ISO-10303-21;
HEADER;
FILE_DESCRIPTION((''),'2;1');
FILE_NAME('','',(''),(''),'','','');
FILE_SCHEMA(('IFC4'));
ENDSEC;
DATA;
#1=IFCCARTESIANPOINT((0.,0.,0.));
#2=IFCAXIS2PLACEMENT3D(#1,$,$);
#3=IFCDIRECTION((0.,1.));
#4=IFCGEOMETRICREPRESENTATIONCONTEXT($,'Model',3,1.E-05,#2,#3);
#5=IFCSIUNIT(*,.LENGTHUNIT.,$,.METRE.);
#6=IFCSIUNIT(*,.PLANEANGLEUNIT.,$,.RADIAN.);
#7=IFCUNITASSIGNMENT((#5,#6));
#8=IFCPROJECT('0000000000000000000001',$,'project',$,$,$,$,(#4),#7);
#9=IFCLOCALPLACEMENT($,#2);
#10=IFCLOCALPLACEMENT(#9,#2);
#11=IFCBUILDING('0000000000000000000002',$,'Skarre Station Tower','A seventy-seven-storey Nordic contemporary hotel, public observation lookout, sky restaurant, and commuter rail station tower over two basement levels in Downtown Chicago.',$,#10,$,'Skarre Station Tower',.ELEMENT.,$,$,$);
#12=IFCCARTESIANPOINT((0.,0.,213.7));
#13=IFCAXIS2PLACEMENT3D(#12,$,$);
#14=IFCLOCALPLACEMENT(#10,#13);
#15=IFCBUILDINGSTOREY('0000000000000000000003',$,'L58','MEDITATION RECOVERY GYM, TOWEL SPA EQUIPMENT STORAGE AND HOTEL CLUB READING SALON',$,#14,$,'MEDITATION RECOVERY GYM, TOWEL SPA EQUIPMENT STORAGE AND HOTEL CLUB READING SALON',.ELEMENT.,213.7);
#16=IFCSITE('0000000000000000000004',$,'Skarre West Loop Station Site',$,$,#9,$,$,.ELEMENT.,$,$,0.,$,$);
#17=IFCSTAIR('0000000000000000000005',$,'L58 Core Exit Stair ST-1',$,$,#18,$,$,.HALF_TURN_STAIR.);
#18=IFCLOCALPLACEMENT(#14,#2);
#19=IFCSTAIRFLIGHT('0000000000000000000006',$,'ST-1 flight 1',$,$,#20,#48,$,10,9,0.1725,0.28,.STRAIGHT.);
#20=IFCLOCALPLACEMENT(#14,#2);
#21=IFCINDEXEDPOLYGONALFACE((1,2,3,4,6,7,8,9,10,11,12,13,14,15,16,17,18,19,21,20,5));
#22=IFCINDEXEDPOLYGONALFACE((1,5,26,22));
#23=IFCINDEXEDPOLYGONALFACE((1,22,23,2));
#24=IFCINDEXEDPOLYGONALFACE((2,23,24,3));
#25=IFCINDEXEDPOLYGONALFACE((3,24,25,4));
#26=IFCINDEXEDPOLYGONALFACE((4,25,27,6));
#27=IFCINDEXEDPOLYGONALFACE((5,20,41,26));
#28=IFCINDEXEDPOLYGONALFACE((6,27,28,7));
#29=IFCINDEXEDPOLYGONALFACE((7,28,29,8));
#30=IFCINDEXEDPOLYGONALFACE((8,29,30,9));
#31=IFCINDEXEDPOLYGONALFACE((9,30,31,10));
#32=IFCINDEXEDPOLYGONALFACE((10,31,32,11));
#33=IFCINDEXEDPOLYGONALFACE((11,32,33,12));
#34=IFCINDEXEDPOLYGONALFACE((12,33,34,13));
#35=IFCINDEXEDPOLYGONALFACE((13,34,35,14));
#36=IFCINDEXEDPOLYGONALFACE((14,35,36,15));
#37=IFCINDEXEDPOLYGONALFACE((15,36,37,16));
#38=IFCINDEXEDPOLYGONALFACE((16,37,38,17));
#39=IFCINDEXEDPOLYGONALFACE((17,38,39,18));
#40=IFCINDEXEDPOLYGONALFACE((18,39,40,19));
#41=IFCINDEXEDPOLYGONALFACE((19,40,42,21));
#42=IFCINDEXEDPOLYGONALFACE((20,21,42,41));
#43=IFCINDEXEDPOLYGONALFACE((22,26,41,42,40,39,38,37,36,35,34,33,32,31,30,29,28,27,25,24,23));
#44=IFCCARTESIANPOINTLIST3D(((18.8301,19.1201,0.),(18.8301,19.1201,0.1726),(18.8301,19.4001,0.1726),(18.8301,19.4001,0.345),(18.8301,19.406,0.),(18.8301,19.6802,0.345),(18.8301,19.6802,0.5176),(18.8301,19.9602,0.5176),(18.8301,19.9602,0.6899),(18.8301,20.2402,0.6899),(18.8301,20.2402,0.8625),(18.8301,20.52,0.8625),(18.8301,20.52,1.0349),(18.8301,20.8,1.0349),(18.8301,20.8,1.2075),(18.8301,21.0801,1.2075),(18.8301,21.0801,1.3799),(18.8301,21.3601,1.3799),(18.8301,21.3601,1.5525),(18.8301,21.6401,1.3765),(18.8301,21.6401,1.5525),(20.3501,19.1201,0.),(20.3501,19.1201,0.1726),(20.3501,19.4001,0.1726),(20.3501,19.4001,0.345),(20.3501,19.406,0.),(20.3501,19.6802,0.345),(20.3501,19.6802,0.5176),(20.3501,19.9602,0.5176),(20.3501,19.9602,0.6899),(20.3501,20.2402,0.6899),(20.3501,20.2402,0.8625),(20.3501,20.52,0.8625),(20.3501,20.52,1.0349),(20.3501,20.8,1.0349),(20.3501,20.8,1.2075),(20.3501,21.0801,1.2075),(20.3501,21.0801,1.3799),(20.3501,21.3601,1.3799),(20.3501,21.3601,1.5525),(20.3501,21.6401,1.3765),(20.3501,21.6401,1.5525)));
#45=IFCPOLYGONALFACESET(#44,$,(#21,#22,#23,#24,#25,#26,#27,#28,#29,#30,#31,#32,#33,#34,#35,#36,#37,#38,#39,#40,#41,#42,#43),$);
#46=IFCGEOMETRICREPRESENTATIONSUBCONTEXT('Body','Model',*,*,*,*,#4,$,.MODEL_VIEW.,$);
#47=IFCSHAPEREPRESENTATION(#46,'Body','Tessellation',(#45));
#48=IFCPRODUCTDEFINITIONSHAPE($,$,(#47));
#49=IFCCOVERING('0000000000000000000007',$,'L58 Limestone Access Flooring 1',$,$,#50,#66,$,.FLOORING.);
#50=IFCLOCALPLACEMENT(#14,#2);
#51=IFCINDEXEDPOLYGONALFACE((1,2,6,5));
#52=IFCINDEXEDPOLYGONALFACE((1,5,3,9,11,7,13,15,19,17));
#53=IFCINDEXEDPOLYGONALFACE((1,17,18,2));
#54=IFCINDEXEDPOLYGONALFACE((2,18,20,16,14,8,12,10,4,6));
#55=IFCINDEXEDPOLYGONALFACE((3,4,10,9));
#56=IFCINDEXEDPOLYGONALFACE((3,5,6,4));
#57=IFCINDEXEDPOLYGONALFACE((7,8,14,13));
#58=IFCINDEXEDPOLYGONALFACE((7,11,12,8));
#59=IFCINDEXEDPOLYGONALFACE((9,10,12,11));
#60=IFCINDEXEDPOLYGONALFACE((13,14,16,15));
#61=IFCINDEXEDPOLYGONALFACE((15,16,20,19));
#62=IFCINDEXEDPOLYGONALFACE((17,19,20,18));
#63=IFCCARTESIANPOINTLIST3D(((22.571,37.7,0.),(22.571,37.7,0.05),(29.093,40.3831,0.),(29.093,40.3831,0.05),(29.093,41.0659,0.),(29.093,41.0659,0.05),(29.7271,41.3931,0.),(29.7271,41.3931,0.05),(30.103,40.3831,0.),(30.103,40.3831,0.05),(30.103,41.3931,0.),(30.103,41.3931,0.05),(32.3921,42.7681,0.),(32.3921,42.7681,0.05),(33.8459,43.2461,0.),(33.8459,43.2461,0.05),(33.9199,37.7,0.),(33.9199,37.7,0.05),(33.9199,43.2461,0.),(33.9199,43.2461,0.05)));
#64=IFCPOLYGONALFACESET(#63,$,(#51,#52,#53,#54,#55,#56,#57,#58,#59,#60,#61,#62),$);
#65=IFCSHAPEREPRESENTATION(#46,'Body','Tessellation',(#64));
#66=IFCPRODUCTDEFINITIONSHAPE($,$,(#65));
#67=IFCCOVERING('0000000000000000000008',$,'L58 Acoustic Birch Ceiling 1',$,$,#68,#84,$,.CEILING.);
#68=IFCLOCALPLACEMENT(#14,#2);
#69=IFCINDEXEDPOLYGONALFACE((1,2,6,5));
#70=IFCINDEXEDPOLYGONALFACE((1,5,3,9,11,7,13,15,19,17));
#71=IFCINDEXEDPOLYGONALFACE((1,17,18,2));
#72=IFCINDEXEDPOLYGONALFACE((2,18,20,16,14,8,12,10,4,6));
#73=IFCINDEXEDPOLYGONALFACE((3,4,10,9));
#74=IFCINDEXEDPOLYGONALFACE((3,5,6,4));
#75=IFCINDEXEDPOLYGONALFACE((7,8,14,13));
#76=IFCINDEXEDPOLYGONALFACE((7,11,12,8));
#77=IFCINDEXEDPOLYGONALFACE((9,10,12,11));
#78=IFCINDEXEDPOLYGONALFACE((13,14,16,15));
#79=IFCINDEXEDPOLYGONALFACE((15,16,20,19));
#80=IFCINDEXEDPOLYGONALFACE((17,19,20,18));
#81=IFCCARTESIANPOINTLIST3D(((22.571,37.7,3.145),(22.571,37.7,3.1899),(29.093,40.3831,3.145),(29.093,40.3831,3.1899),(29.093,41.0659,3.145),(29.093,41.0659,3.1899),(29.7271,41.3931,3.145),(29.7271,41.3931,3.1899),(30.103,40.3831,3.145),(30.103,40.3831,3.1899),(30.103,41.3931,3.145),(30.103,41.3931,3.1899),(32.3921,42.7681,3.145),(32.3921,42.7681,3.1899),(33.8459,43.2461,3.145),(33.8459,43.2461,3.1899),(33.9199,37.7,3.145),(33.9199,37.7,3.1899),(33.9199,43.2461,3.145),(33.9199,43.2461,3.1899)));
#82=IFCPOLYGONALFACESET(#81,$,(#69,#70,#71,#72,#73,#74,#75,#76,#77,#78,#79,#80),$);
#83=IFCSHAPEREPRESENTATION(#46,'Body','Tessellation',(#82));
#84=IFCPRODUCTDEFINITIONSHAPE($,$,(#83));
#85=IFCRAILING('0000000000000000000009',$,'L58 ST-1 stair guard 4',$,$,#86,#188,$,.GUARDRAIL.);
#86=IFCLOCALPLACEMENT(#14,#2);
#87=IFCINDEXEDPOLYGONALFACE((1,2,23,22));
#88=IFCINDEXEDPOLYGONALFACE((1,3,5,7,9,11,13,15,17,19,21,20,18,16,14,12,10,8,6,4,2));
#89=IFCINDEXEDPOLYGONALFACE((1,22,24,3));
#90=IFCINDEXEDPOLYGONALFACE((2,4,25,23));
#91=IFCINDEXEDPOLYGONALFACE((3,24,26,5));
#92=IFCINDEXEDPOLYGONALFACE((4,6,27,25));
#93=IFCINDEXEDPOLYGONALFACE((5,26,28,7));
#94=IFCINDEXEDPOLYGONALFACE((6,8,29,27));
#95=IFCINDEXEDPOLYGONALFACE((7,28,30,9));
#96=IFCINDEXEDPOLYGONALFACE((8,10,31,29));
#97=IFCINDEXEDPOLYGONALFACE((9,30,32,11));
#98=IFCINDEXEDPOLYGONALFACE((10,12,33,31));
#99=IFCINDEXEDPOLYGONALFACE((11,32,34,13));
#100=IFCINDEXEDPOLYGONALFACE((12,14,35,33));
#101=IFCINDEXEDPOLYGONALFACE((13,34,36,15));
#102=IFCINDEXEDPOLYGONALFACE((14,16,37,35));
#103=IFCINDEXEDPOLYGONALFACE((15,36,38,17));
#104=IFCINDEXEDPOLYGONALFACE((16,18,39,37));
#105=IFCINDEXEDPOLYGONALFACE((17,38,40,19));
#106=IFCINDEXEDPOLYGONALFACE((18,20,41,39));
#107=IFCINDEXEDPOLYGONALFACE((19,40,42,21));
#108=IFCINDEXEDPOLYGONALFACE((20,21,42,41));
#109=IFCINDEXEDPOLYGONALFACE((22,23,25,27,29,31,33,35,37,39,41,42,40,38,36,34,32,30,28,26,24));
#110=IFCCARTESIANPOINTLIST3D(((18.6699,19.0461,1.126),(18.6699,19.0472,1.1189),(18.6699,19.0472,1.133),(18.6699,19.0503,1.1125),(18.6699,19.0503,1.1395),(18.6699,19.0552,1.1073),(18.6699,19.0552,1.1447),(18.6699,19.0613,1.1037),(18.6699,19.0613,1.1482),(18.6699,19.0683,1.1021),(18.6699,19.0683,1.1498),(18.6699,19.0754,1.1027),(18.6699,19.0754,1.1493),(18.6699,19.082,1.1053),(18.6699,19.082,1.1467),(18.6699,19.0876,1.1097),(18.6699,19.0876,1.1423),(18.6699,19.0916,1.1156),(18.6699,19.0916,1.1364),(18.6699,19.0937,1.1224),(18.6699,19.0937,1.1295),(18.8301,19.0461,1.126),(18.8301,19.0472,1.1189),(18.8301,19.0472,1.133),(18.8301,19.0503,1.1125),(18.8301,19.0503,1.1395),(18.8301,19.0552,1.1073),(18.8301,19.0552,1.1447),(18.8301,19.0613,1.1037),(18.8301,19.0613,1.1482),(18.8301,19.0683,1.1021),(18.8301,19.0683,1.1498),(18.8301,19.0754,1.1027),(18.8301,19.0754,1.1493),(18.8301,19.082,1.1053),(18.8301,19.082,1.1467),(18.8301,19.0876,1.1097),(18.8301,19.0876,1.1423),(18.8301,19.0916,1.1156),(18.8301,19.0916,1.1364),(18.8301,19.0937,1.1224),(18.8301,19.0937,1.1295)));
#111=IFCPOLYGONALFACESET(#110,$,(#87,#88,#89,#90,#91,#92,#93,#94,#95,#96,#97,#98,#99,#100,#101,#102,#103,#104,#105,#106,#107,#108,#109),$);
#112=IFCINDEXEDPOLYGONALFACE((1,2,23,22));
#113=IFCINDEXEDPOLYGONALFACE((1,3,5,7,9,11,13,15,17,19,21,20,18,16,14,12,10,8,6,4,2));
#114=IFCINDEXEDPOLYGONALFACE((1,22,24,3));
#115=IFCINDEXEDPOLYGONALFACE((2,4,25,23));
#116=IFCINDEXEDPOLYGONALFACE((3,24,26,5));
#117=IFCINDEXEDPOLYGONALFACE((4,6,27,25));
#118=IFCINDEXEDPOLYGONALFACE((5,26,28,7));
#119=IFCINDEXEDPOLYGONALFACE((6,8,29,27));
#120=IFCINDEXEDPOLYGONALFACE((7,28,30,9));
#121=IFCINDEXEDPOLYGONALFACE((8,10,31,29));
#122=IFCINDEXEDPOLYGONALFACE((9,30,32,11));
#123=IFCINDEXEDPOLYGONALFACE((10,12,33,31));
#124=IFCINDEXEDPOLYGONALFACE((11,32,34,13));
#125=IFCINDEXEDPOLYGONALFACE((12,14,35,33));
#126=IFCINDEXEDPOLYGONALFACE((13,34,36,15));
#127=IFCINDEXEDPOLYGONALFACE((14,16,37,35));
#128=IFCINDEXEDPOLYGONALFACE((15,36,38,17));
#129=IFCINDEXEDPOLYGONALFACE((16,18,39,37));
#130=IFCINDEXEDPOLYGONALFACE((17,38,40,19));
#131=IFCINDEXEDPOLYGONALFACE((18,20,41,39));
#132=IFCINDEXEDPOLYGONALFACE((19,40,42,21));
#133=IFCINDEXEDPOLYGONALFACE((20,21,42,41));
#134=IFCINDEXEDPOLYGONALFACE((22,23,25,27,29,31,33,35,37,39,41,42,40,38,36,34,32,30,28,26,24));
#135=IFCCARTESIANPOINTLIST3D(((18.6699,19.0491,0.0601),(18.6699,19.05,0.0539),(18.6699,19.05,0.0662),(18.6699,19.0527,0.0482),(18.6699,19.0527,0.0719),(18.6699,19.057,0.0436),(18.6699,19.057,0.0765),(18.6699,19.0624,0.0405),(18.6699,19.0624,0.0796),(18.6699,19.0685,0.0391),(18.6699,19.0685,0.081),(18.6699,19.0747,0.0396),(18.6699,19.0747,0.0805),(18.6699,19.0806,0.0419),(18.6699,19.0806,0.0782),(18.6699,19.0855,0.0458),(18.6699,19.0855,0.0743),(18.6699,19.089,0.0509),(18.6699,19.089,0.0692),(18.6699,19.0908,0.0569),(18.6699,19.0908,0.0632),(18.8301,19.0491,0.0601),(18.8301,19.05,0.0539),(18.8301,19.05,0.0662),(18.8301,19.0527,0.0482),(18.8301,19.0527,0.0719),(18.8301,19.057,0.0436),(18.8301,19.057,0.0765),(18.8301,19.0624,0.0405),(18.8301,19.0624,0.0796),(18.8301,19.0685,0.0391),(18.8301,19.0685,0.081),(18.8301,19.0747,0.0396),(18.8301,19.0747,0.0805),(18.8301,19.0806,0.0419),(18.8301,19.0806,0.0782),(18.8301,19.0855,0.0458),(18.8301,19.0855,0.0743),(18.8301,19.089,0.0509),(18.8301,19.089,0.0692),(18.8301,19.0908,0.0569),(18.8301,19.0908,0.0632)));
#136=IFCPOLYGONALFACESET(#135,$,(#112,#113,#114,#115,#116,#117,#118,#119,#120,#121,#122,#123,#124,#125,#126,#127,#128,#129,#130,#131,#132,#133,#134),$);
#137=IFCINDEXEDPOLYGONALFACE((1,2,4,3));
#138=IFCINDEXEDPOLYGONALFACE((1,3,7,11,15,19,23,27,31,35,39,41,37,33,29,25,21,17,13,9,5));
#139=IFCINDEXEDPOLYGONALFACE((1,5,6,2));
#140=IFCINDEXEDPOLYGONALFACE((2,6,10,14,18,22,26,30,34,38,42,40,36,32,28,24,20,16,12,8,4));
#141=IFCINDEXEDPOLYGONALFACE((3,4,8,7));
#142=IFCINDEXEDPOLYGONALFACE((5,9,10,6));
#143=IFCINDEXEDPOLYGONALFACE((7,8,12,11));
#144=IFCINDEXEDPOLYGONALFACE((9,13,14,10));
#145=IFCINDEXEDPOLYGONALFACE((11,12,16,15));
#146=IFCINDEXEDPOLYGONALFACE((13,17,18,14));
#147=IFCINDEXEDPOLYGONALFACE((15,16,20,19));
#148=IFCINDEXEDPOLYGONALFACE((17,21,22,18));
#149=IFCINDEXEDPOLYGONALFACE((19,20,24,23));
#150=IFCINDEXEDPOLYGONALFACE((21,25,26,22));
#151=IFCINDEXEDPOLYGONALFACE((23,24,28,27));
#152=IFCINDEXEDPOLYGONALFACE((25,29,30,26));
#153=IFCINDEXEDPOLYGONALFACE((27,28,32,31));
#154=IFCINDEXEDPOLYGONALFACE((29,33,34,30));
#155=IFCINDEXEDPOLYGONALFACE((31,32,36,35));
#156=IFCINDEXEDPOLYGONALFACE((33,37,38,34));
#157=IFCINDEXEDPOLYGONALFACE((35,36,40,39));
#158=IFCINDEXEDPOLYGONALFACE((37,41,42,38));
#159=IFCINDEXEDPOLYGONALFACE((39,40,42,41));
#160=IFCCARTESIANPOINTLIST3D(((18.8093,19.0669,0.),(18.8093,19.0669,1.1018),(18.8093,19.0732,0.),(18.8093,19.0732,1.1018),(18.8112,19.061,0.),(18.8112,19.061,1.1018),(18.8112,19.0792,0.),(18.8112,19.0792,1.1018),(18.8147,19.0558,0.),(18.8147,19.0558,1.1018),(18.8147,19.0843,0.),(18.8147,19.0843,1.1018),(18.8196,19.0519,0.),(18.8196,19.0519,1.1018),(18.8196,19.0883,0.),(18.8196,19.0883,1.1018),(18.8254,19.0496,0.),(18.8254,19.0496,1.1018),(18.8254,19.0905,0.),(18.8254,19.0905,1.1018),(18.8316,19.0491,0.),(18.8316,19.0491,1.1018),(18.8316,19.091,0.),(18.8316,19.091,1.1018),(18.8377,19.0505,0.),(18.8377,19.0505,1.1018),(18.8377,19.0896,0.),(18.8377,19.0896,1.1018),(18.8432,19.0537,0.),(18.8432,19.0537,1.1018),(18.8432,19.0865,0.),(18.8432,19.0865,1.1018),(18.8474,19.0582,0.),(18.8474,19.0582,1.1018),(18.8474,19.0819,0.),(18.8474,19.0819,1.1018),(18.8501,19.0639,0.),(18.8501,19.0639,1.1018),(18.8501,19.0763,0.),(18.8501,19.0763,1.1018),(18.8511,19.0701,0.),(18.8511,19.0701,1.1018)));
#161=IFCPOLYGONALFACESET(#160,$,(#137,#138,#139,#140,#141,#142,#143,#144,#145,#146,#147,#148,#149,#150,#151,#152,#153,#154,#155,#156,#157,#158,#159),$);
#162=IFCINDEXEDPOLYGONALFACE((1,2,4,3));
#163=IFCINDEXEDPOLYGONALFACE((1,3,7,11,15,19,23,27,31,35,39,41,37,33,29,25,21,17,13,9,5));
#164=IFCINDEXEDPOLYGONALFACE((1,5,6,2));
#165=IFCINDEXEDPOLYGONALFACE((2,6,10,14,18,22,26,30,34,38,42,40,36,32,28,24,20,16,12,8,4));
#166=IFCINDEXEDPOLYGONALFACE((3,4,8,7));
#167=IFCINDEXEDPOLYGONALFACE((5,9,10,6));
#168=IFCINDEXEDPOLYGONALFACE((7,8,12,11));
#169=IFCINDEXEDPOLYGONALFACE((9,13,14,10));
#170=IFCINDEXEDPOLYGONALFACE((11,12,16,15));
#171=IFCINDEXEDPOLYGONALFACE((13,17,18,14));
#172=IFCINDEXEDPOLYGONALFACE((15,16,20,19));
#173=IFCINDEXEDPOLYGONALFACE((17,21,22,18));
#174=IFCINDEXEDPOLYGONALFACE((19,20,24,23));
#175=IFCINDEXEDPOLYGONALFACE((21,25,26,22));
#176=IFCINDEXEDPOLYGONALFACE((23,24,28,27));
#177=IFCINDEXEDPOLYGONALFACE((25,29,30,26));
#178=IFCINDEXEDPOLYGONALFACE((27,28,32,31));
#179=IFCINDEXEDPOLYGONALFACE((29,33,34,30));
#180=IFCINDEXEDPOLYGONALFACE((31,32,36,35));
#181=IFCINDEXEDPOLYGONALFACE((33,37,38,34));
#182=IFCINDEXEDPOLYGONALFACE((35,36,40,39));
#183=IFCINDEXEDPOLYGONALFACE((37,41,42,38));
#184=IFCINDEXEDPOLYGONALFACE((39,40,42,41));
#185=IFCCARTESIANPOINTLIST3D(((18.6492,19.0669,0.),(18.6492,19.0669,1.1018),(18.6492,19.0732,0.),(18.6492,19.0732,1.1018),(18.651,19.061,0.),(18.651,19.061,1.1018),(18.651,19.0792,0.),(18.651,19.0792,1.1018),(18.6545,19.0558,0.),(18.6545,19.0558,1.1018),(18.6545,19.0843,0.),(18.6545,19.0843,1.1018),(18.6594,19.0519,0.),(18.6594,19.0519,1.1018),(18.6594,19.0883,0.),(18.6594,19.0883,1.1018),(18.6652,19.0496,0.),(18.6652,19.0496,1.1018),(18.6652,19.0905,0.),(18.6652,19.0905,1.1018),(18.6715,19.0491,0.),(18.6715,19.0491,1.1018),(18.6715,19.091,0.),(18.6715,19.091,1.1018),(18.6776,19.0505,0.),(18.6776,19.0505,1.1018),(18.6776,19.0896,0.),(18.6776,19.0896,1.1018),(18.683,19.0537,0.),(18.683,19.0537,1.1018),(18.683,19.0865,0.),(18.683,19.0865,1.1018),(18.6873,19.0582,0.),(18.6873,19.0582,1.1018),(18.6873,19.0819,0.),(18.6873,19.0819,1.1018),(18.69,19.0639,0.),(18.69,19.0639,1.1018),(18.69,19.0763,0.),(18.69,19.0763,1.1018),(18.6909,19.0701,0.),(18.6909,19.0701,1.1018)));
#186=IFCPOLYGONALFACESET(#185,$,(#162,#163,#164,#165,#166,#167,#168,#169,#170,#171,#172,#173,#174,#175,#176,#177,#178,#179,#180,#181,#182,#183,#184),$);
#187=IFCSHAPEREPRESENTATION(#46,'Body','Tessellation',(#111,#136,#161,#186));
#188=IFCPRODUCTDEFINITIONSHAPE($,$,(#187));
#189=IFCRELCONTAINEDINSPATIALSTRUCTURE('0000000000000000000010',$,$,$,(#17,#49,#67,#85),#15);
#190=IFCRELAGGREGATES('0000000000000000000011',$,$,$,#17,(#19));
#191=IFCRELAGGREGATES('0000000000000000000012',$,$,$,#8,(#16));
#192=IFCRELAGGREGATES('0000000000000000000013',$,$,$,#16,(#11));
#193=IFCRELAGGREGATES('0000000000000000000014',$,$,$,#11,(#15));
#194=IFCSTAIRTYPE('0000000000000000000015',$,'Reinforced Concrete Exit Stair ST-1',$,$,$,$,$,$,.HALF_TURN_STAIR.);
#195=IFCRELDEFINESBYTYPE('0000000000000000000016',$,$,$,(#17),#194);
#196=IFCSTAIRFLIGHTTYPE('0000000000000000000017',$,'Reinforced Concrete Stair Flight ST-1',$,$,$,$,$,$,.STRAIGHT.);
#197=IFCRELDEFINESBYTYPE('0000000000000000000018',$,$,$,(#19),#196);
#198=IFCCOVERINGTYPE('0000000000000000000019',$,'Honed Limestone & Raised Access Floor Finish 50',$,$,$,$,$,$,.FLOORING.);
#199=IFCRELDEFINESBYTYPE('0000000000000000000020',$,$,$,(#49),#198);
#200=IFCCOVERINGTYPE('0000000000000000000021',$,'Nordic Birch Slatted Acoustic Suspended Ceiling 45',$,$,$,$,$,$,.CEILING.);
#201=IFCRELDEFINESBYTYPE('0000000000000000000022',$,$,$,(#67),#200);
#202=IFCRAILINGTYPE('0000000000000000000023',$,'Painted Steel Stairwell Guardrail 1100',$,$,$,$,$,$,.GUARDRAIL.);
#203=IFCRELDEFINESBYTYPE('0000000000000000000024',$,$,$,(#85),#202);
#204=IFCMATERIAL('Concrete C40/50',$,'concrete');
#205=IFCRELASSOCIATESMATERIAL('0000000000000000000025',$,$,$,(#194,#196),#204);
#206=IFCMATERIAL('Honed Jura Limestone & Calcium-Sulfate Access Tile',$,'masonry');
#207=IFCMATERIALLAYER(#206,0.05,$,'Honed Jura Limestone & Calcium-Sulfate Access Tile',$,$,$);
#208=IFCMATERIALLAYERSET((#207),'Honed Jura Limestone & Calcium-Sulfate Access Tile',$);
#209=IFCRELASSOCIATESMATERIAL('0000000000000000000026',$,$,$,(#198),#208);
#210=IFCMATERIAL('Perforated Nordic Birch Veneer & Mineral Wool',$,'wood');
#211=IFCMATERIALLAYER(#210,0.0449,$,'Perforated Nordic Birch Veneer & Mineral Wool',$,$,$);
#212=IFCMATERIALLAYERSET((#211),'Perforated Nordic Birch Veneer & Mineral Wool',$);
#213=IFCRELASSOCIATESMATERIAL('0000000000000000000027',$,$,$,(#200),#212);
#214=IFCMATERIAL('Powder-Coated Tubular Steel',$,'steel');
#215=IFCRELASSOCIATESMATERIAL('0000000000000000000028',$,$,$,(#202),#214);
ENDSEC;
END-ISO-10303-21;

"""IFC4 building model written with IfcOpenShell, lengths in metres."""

from ifc_helpers import new_model, si_unit, direction, frame, origin, origin_2d, place, context, subcontext, project, spatial, polyline, circle, outline, extrude, material, layer, layer_set, type_object, element, aggregate, save


model = new_model("IFC4")

# Units and contexts
model_context = context("Model", 3, precision=1e-05, world=origin(), true_north=direction((0.0, 1.0)))
body_context = subcontext(model_context, "Body", "Model", "MODEL_VIEW")
ifc_project = project(units=[si_unit("LENGTHUNIT", "METRE"), si_unit("PLANEANGLEUNIT", "RADIAN")], contexts=[model_context])

# Site, building, storey
site_placement = place(None, origin())
site = spatial("IfcSite", under=ifc_project, at=site_placement, Name="Skarre West Loop Station Site", CompositionType="ELEMENT", RefElevation=0.0)
building_placement = place(site_placement, origin())
building = spatial("IfcBuilding", under=site, at=building_placement, Name="Skarre Station Tower", Description="A seventy-seven-storey Nordic contemporary hotel, public observation lookout, sky restaurant, and commuter rail station tower over two basement levels in Downtown Chicago.", LongName="Skarre Station Tower", CompositionType="ELEMENT")
storey_placement = place(building_placement, frame((0.0, 0.0, 213.7)))
storey = spatial("IfcBuildingStorey", under=building, at=storey_placement, Name="L58", Description="MEDITATION RECOVERY GYM, TOWEL SPA EQUIPMENT STORAGE AND HOTEL CLUB READING SALON", LongName="MEDITATION RECOVERY GYM, TOWEL SPA EQUIPMENT STORAGE AND HOTEL CLUB READING SALON", CompositionType="ELEMENT", Elevation=213.7)

# Stair
ifc_material_1 = material(Name="Concrete C40/50", Category="concrete")
stair_type_1 = type_object("IfcStairType", Name="Reinforced Concrete Exit Stair ST-1", PredefinedType="HALF_TURN_STAIR", material=ifc_material_1)
stair_1_placement = place(storey_placement, origin())
stair_1 = element("IfcStair", 1, at=stair_1_placement, inside=storey, type_object=stair_type_1, Name="L58 Core Exit Stair ST-1", PredefinedType="HALF_TURN_STAIR")

# Stair flight
stair_flight_type = type_object("IfcStairFlightType", Name="Reinforced Concrete Stair Flight ST-1", PredefinedType="STRAIGHT", material=ifc_material_1)
stair_flight_placement = place(storey_placement, frame((19.5901, 19.1201, 0.0), z_axis=(0.0, 0.0, 1.0), x_axis=(0.0, 1.0, 0.0)))
stair_flight = element("IfcStairFlight", 2, at=stair_flight_placement, type_object=stair_flight_type, Name="ST-1 flight 1", NumberOfRisers=10, NumberOfTreads=9, PredefinedType="STRAIGHT", RiserHeight=0.1725, TreadLength=0.28, context=body_context, shape_type="SweptSolid", body=[
    extrude(outline(polyline([(0.0, 0.0), (0.0, 0.1726), (0.28, 0.1726), (0.28, 0.345), (0.5601, 0.345), (0.5601, 0.5176), (0.8401, 0.5176), (0.8401, 0.6899), (1.1201, 0.6899), (1.1201, 0.8625), (1.3999, 0.8625), (1.3999, 1.0349), (1.6799, 1.0349), (1.6799, 1.2075), (1.96, 1.2075), (1.96, 1.3799), (2.24, 1.3799), (2.24, 1.5525), (2.52, 1.5525), (2.52, 1.7251), (2.52, 1.3765), (0.2859, 0.0), (0.0, 0.0)])), frame((0.0, 0.76, 0.0), z_axis=(0.0, -1.0, 0.0), x_axis=(1.0, 0.0, 0.0)), (0.0, 0.0, 1.0), 1.52),
])
aggregate(stair_1, [stair_flight])

# Coverings
ifc_material_2 = material(Name="Honed Jura Limestone & Calcium-Sulfate Access Tile", Category="masonry")
ifc_layer_1 = layer(ifc_material_2, 0.05, Name="Honed Jura Limestone & Calcium-Sulfate Access Tile")
ifc_layer_set_1 = layer_set([ifc_layer_1], Name="Honed Jura Limestone & Calcium-Sulfate Access Tile")
covering_type_1 = type_object("IfcCoveringType", Name="Honed Limestone & Raised Access Floor Finish 50", PredefinedType="FLOORING", material=ifc_layer_set_1)
covering_1_placement = place(storey_placement, origin())
element("IfcCovering", 3, at=covering_1_placement, inside=storey, type_object=covering_type_1, Name="L58 Limestone Access Flooring 1", PredefinedType="FLOORING", context=body_context, shape_type="SweptSolid", body=[
    extrude(outline(polyline([(33.9199, 43.2461), (33.8459, 43.2461), (32.3921, 42.7681), (29.7271, 41.3931), (30.103, 41.3931), (30.103, 40.3831), (29.093, 40.3831), (29.093, 41.0659), (22.571, 37.7), (33.9199, 37.7), (33.9199, 43.2461)])), origin(), (0.0, 0.0, 1.0), 0.05),
])
ifc_material_3 = material(Name="Perforated Nordic Birch Veneer & Mineral Wool", Category="wood")
ifc_layer_2 = layer(ifc_material_3, 0.0449, Name="Perforated Nordic Birch Veneer & Mineral Wool")
ifc_layer_set_2 = layer_set([ifc_layer_2], Name="Perforated Nordic Birch Veneer & Mineral Wool")
covering_type_2 = type_object("IfcCoveringType", Name="Nordic Birch Slatted Acoustic Suspended Ceiling 45", PredefinedType="CEILING", material=ifc_layer_set_2)
covering_2_placement = place(storey_placement, frame((0.0, 0.0, 3.145)))
element("IfcCovering", 4, at=covering_2_placement, inside=storey, type_object=covering_type_2, Name="L58 Acoustic Birch Ceiling 1", PredefinedType="CEILING", context=body_context, shape_type="SweptSolid", body=[
    extrude(outline(polyline([(33.9199, 43.2461), (33.8459, 43.2461), (32.3921, 42.7681), (29.7271, 41.3931), (30.103, 41.3931), (30.103, 40.3831), (29.093, 40.3831), (29.093, 41.0659), (22.571, 37.7), (33.9199, 37.7), (33.9199, 43.2461)])), origin(), (0.0, 0.0, 1.0), 0.0449),
])

# Railing
ifc_material_4 = material(Name="Powder-Coated Tubular Steel", Category="steel")
railing_type = type_object("IfcRailingType", Name="Painted Steel Stairwell Guardrail 1100", PredefinedType="GUARDRAIL", material=ifc_material_4)
railing_1_placement = place(storey_placement, frame((18.8301, 19.0701, 0.0)))
element("IfcRailing", 5, at=railing_1_placement, inside=storey, type_object=railing_type, Name="L58 ST-1 stair guard 4", PredefinedType="GUARDRAIL", context=body_context, shape_type="SweptSolid", body=[
    extrude(circle(Radius=0.0239, at=origin_2d()), frame((0.0, 0.0, 1.126), z_axis=(-1.0, 0.0, 0.0), x_axis=(0.0, -1.0, 0.0)), (0.0, 0.0, 1.0), 0.1602),
    extrude(circle(Radius=0.021, at=origin_2d()), frame((0.0, 0.0, 0.0601), z_axis=(-1.0, 0.0, 0.0), x_axis=(0.0, -1.0, 0.0)), (0.0, 0.0, 1.0), 0.1602),
    extrude(circle(Radius=0.021, at=origin_2d()), origin(), (0.0, 0.0, 1.0), 1.1018),
    extrude(circle(Radius=0.021, at=origin_2d()), frame((-0.1602, 0.0, 0.0)), (0.0, 0.0, 1.0), 1.1018),
])

save(model, "model.ifc")
